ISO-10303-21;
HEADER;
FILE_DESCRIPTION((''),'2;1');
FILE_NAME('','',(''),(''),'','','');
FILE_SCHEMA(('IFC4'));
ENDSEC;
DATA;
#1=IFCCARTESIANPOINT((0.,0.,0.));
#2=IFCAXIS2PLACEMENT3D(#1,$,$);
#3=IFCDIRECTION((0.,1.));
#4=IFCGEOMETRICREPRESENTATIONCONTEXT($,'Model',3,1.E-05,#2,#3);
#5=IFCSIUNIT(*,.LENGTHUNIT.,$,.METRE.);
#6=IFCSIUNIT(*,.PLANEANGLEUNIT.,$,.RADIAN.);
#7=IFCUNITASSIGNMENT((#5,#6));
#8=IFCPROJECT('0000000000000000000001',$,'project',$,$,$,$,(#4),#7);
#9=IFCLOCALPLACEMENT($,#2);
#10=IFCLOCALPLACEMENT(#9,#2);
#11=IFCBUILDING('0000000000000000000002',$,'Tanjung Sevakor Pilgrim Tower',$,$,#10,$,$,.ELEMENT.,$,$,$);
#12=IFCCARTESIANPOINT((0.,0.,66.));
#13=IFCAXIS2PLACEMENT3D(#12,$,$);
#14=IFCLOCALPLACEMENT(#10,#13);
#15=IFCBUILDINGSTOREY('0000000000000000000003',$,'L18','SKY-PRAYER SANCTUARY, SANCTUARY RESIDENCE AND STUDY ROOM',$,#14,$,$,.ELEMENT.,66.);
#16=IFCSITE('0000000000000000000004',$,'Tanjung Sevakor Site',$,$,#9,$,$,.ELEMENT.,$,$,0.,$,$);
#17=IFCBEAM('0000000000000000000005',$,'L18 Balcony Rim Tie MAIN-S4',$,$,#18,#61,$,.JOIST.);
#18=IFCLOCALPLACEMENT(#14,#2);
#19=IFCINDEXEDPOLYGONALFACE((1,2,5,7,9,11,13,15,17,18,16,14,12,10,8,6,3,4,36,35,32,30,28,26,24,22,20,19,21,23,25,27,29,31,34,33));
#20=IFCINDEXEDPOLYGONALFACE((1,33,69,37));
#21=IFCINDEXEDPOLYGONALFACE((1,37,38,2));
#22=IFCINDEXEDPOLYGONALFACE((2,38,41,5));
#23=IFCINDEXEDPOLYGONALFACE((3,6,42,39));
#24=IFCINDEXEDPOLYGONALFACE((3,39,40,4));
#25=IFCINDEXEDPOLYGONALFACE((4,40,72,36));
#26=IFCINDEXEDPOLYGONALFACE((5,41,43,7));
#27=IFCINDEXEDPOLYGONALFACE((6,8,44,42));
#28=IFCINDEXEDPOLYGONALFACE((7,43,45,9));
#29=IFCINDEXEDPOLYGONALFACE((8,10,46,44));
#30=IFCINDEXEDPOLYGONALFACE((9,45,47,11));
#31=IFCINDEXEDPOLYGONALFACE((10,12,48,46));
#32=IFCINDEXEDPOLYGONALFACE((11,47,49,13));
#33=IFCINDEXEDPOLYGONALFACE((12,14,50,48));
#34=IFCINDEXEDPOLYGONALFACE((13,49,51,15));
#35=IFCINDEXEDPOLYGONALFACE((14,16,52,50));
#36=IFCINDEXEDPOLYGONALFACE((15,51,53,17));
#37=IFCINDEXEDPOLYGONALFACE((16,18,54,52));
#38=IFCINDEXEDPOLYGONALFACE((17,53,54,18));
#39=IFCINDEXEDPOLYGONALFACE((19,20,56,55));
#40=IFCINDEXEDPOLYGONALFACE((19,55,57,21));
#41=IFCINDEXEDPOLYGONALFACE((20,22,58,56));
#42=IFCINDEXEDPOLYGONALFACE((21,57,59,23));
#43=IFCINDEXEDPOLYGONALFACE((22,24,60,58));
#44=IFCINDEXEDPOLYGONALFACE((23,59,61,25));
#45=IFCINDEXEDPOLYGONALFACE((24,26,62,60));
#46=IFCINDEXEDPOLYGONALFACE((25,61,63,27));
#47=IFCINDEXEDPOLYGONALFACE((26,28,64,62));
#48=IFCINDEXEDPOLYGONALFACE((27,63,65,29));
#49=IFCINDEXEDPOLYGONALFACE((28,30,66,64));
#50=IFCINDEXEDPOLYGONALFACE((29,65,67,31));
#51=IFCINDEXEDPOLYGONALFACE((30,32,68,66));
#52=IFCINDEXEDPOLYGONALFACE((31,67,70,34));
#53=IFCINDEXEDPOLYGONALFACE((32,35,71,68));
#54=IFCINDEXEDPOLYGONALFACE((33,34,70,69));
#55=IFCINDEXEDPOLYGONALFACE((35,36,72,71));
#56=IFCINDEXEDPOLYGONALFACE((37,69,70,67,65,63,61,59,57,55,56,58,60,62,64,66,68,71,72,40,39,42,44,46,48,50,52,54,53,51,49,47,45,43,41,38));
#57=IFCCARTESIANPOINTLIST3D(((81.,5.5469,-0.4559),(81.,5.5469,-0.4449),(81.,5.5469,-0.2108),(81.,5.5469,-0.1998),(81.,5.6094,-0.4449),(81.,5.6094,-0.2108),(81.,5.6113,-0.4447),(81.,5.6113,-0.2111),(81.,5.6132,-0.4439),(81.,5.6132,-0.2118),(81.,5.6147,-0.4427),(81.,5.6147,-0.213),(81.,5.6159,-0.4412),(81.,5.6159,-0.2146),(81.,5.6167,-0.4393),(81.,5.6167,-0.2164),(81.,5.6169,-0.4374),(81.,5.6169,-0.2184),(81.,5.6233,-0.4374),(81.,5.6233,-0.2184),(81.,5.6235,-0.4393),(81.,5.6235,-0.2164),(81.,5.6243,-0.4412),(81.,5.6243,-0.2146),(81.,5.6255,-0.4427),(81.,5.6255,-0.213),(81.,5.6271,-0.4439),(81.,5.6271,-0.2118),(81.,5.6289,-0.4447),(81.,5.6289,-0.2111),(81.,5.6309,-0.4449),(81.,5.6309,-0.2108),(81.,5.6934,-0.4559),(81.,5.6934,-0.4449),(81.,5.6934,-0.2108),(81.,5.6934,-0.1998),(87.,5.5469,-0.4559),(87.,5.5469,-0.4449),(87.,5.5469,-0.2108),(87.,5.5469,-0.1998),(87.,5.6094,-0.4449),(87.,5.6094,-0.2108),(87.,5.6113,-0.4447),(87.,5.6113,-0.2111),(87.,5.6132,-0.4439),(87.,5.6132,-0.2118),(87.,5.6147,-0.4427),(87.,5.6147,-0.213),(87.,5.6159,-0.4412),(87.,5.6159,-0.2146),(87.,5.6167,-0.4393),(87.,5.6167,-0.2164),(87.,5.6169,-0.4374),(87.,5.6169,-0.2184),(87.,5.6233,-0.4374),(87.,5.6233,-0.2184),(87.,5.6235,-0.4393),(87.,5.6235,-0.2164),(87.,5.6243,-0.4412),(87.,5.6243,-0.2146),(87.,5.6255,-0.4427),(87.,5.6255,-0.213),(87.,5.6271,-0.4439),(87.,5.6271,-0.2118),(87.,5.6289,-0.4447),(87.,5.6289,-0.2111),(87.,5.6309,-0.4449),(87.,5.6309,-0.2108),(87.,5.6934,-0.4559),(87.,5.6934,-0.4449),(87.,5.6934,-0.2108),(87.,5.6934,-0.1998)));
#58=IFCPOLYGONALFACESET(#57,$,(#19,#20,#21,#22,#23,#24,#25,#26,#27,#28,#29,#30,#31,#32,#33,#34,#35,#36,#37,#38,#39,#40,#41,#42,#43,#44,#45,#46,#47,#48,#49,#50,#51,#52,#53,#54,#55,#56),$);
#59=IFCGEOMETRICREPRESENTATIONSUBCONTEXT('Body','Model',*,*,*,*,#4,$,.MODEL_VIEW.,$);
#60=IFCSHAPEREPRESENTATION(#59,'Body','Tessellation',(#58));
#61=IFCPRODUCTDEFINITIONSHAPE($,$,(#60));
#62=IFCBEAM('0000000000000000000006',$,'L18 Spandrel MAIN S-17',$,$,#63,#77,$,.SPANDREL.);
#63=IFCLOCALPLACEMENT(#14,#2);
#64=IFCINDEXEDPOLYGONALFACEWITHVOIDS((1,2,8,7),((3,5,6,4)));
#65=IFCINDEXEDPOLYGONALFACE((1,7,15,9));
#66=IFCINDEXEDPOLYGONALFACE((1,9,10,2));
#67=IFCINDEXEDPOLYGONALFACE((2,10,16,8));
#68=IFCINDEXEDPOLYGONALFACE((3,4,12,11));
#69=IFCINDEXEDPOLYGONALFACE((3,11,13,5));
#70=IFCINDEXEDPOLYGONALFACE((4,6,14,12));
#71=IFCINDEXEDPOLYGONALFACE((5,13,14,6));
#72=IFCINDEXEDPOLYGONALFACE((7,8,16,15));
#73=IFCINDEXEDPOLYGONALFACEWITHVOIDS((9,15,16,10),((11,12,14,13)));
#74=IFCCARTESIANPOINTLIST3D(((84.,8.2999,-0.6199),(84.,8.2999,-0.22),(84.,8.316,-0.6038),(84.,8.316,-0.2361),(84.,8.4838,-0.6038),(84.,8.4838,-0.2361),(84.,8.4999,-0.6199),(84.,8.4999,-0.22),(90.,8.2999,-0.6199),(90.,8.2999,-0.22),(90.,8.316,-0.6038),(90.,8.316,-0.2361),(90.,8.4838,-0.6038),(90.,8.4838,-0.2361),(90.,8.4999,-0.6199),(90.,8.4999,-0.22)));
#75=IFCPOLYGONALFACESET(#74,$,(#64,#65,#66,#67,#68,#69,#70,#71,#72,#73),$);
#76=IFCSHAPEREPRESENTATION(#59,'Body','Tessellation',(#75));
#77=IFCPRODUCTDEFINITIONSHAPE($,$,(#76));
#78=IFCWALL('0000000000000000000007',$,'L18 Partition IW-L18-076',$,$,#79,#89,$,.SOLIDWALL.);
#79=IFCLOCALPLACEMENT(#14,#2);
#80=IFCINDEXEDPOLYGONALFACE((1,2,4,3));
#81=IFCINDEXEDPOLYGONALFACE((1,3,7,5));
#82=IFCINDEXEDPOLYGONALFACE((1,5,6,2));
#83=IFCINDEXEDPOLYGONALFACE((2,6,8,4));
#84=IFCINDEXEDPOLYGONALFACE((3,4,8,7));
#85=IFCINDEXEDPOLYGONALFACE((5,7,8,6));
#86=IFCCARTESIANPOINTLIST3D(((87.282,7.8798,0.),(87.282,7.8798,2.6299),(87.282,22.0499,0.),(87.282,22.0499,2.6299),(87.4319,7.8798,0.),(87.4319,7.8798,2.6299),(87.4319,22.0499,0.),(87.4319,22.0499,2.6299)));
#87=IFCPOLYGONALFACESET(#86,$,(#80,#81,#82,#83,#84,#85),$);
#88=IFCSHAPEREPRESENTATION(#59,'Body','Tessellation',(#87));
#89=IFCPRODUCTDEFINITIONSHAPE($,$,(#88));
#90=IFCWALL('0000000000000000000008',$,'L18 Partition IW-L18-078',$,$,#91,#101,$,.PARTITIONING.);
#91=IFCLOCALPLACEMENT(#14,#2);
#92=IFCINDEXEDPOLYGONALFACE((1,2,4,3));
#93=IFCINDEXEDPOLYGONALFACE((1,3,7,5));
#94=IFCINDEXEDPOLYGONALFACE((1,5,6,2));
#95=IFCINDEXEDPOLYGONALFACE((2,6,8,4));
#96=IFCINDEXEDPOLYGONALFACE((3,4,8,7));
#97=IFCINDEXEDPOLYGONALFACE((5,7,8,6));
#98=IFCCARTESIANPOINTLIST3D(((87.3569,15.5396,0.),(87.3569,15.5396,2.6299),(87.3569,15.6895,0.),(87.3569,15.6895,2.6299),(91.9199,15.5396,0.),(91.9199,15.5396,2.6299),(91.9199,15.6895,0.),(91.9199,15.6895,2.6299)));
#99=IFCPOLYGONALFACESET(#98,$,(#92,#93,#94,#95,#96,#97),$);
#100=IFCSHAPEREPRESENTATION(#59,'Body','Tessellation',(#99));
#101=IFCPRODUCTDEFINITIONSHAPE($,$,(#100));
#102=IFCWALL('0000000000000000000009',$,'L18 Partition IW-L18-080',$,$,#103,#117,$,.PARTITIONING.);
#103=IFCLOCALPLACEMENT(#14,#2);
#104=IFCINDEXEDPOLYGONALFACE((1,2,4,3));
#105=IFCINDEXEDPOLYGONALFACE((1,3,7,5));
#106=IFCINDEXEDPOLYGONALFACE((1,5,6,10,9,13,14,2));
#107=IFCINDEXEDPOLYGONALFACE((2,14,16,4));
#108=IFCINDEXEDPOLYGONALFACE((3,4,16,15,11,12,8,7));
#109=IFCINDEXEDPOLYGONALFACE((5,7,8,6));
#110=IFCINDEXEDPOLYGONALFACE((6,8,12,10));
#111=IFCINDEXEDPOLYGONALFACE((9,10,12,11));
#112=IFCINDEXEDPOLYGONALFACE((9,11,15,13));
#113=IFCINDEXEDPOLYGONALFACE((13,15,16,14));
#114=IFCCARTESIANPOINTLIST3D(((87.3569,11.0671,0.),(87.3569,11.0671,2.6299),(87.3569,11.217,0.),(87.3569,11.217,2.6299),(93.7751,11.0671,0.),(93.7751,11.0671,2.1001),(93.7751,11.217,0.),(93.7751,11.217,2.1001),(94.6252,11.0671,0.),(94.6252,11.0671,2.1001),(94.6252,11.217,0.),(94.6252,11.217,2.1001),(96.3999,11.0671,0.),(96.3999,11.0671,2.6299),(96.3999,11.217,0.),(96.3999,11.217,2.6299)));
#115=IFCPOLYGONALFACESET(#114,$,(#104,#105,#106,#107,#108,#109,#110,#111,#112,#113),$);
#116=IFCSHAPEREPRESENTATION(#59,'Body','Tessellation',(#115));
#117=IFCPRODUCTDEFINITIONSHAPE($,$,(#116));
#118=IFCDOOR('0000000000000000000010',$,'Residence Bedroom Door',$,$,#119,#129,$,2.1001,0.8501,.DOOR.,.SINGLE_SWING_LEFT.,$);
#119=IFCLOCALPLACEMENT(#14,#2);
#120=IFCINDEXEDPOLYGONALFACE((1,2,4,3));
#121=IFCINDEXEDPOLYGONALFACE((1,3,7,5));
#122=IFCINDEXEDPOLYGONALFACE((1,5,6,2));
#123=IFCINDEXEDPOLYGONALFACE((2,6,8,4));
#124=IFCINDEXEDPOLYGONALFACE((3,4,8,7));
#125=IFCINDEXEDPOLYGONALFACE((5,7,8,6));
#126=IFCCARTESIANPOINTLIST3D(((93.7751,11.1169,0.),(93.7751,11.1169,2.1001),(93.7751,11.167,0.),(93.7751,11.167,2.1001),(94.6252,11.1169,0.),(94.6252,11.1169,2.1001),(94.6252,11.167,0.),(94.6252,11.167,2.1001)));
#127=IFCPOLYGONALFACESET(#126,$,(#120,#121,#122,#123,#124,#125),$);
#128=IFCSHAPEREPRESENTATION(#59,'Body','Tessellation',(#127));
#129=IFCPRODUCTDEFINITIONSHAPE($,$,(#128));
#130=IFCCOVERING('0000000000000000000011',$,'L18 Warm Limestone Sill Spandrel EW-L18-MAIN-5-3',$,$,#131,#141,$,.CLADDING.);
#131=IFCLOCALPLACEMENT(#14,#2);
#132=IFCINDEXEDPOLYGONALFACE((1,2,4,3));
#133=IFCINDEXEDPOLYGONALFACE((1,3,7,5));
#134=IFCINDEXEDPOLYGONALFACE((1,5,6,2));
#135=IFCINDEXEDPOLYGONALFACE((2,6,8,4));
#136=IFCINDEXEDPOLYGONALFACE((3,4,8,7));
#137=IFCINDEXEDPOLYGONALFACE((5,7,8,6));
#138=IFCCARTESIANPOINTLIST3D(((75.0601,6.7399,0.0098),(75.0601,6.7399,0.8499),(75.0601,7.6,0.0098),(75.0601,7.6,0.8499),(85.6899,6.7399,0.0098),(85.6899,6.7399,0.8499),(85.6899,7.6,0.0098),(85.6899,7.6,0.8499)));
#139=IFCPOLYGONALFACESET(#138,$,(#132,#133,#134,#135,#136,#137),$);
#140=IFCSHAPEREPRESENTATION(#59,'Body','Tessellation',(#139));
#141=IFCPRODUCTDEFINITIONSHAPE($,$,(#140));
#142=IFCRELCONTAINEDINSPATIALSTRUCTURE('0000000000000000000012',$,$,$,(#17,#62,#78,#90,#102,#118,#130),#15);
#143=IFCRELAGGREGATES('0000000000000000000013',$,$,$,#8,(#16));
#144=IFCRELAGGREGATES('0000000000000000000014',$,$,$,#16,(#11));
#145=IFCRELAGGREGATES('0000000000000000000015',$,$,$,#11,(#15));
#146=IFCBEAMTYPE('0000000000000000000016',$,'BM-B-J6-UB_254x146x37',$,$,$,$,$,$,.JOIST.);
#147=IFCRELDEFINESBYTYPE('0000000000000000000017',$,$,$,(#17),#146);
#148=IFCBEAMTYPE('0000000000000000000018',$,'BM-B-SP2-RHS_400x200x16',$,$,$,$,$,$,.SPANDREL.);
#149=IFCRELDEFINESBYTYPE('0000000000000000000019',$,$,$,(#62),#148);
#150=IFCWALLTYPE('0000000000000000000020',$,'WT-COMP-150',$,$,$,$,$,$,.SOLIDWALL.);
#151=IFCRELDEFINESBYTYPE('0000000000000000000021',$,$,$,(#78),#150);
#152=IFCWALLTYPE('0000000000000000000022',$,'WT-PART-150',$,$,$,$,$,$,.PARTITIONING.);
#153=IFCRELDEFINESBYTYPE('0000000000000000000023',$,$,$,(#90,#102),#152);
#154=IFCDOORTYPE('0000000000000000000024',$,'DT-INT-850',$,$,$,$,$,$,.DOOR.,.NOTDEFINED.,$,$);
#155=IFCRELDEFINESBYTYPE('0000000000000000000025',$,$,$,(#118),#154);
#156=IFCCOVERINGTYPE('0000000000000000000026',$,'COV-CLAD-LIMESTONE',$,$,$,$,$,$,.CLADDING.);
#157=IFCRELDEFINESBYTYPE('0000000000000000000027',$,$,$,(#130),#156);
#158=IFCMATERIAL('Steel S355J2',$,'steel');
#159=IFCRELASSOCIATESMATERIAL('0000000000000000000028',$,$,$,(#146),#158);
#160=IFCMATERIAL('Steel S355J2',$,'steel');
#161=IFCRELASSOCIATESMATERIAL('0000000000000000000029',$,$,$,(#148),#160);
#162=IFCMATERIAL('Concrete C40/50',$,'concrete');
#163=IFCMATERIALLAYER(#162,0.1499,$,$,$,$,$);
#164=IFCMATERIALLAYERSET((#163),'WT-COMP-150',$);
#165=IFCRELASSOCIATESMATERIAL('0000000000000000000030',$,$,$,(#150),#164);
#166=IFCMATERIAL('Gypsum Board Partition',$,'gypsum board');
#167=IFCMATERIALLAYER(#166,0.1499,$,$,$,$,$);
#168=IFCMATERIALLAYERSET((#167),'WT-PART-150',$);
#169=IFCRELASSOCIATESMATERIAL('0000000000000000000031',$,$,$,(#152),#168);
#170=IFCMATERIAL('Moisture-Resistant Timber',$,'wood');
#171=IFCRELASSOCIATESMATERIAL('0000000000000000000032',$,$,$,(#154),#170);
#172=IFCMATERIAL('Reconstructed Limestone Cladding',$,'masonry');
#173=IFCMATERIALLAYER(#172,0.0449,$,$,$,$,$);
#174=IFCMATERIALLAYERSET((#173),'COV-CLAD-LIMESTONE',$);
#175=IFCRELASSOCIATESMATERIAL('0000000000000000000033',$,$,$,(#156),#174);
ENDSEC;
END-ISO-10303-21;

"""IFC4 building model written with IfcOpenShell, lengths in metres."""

from ifc_helpers import new_model, si_unit, direction, frame, frame_2d, origin, origin_2d, place, context, subcontext, project, spatial, rectangle, hollow_rectangle, i_section, extrude, material, layer, layer_set, material_profile, profile_set, type_object, element, fill, save


model = new_model("IFC4")

# Units and contexts
model_context = context("Model", 3, precision=1e-05, world=origin(), true_north=direction((0.0, 1.0)))
body_context = subcontext(model_context, "Body", "Model", "MODEL_VIEW")
ifc_project = project(units=[si_unit("LENGTHUNIT", "METRE"), si_unit("PLANEANGLEUNIT", "RADIAN")], contexts=[model_context])

# Site, building, storey
site_placement = place(None, origin())
site = spatial("IfcSite", under=ifc_project, at=site_placement, Name="Tanjung Sevakor Site", CompositionType="ELEMENT", RefElevation=0.0)
building_placement = place(site_placement, origin())
building = spatial("IfcBuilding", under=site, at=building_placement, Name="Tanjung Sevakor Pilgrim Tower", CompositionType="ELEMENT")
storey_placement = place(building_placement, frame((0.0, 0.0, 66.0)))
storey = spatial("IfcBuildingStorey", under=building, at=storey_placement, Name="L18", Description="SKY-PRAYER SANCTUARY, SANCTUARY RESIDENCE AND STUDY ROOM", CompositionType="ELEMENT", Elevation=66.0)

# Beams
ifc_material_1 = material(Name="Steel S355J2", Category="steel")
ifc_material_profile_1 = material_profile(ifc_material_1, i_section(OverallWidth=0.1465, OverallDepth=0.2561, WebThickness=0.0063, FlangeThickness=0.011, FilletRadius=0.0076, at=origin_2d()))
ifc_profile_set_1 = profile_set([ifc_material_profile_1], Name="Steel S355J2")
beam_type_1 = type_object("IfcBeamType", Name="BM-B-J6-UB_254x146x37", PredefinedType="JOIST", material=ifc_profile_set_1)
beam_1_placement = place(storey_placement, frame((81.0, 5.6201, -0.3279), z_axis=(1.0, 0.0, 0.0), x_axis=(0.0, 1.0, 0.0)))
element("IfcBeam", 1, at=beam_1_placement, inside=storey, type_object=beam_type_1, Name="L18 Balcony Rim Tie MAIN-S4", PredefinedType="JOIST", context=body_context, shape_type="SweptSolid", body=[
    extrude(i_section(OverallWidth=0.1465, OverallDepth=0.2561, WebThickness=0.0063, FlangeThickness=0.011, FilletRadius=0.0076, at=origin_2d()), origin(), (0.0, 0.0, 1.0), 6.0),
])
ifc_material_2 = material(Name="Steel S355J2", Category="steel")
ifc_material_profile_2 = material_profile(ifc_material_2, hollow_rectangle(XDim=0.2, YDim=0.3999, WallThickness=0.0161, at=origin_2d()))
ifc_profile_set_2 = profile_set([ifc_material_profile_2], Name="Steel S355J2")
beam_type_2 = type_object("IfcBeamType", Name="BM-B-SP2-RHS_400x200x16", PredefinedType="SPANDREL", material=ifc_profile_set_2)
beam_2_placement = place(storey_placement, frame((84.0, 8.3999, -0.4199), z_axis=(1.0, 0.0, 0.0), x_axis=(0.0, 1.0, 0.0)))
element("IfcBeam", 2, at=beam_2_placement, inside=storey, type_object=beam_type_2, Name="L18 Spandrel MAIN S-17", PredefinedType="SPANDREL", context=body_context, shape_type="SweptSolid", body=[
    extrude(hollow_rectangle(XDim=0.2, YDim=0.3999, WallThickness=0.0161, at=origin_2d()), origin(), (0.0, 0.0, 1.0), 6.0),
])

# Walls
ifc_material_3 = material(Name="Concrete C40/50", Category="concrete")
ifc_layer_1 = layer(ifc_material_3, 0.1499)
ifc_layer_set_1 = layer_set([ifc_layer_1], Name="WT-COMP-150")
wall_type_1 = type_object("IfcWallType", Name="WT-COMP-150", PredefinedType="SOLIDWALL", material=ifc_layer_set_1)
wall_1_placement = place(storey_placement, frame((87.3569, 7.8799, 0.0), z_axis=(0.0, 0.0, 1.0), x_axis=(0.0, 1.0, 0.0)))
element("IfcWall", 3, at=wall_1_placement, inside=storey, type_object=wall_type_1, Name="L18 Partition IW-L18-076", PredefinedType="SOLIDWALL", context=body_context, shape_type="SweptSolid", body=[
    extrude(rectangle(XDim=14.1702, YDim=0.1499, at=frame_2d((7.085, 0.0))), origin(), (0.0, 0.0, 1.0), 2.6299),
])
ifc_material_4 = material(Name="Gypsum Board Partition", Category="gypsum board")
ifc_layer_2 = layer(ifc_material_4, 0.1499)
ifc_layer_set_2 = layer_set([ifc_layer_2], Name="WT-PART-150")
wall_type_2 = type_object("IfcWallType", Name="WT-PART-150", PredefinedType="PARTITIONING", material=ifc_layer_set_2)
wall_2_placement = place(storey_placement, frame((87.3569, 15.6145, 0.0), z_axis=(0.0, 0.0, 1.0), x_axis=(1.0, 0.0, 0.0)))
element("IfcWall", 4, at=wall_2_placement, inside=storey, type_object=wall_type_2, Name="L18 Partition IW-L18-078", PredefinedType="PARTITIONING", context=body_context, shape_type="SweptSolid", body=[
    extrude(rectangle(XDim=4.563, YDim=0.1499, at=frame_2d((2.2815, 0.0))), origin(), (0.0, 0.0, 1.0), 2.6299),
])

# Wall, opening, door
wall_3_placement = place(storey_placement, frame((87.3569, 11.1421, 0.0), z_axis=(0.0, 0.0, 1.0), x_axis=(1.0, 0.0, 0.0)))
wall_3 = element("IfcWall", 5, at=wall_3_placement, inside=storey, type_object=wall_type_2, Name="L18 Partition IW-L18-080", PredefinedType="PARTITIONING", context=body_context, shape_type="SweptSolid", body=[
    extrude(rectangle(XDim=9.043, YDim=0.1499, at=frame_2d((4.5215, 0.0))), origin(), (0.0, 0.0, 1.0), 2.6299),
])
opening_placement = place(wall_3_placement, frame((6.4182, 0.0, 0.0)))
opening = element("IfcOpeningElement", 6, at=opening_placement, cuts=wall_3, PredefinedType="OPENING", context=body_context, shape_type="SweptSolid", body=[
    extrude(rectangle(XDim=0.8501, YDim=2.1001, at=frame_2d((0.425, 1.05))), frame((0.0, 0.085, 0.0), z_axis=(0.0, -1.0, 0.0), x_axis=(1.0, 0.0, 0.0)), (0.0, 0.0, 1.0), 0.1699),
])
ifc_material_5 = material(Name="Moisture-Resistant Timber", Category="wood")
door_type = type_object("IfcDoorType", Name="DT-INT-850", OperationType="NOTDEFINED", PredefinedType="DOOR", material=ifc_material_5)
door_placement = place(opening_placement, origin())
door = element("IfcDoor", 7, at=door_placement, inside=storey, type_object=door_type, Name="Residence Bedroom Door", OperationType="SINGLE_SWING_LEFT", OverallHeight=2.1001, OverallWidth=0.8501, PredefinedType="DOOR", context=body_context, shape_type="SweptSolid", body=[
    extrude(rectangle(XDim=0.8501, YDim=2.1001, at=frame_2d((0.425, 1.05))), frame((0.0, 0.0249, 0.0), z_axis=(0.0, -1.0, 0.0), x_axis=(1.0, 0.0, 0.0)), (0.0, 0.0, 1.0), 0.05),
])
fill(opening, door)

# Covering
ifc_material_6 = material(Name="Reconstructed Limestone Cladding", Category="masonry")
ifc_layer_3 = layer(ifc_material_6, 0.0449)
ifc_layer_set_3 = layer_set([ifc_layer_3], Name="COV-CLAD-LIMESTONE")
covering_type = type_object("IfcCoveringType", Name="COV-CLAD-LIMESTONE", PredefinedType="CLADDING", material=ifc_layer_set_3)
covering_placement = place(storey_placement, frame((80.375, 7.1699, 0.0098), z_axis=(0.0, 0.0, 1.0), x_axis=(1.0, 0.0, 0.0)))
element("IfcCovering", 8, at=covering_placement, inside=storey, type_object=covering_type, Name="L18 Warm Limestone Sill Spandrel EW-L18-MAIN-5-3", PredefinedType="CLADDING", context=body_context, shape_type="SweptSolid", body=[
    extrude(rectangle(XDim=10.6299, YDim=0.8601, at=origin_2d()), origin(), (0.0, 0.0, 1.0), 0.8401),
])

save(model, "model.ifc")
